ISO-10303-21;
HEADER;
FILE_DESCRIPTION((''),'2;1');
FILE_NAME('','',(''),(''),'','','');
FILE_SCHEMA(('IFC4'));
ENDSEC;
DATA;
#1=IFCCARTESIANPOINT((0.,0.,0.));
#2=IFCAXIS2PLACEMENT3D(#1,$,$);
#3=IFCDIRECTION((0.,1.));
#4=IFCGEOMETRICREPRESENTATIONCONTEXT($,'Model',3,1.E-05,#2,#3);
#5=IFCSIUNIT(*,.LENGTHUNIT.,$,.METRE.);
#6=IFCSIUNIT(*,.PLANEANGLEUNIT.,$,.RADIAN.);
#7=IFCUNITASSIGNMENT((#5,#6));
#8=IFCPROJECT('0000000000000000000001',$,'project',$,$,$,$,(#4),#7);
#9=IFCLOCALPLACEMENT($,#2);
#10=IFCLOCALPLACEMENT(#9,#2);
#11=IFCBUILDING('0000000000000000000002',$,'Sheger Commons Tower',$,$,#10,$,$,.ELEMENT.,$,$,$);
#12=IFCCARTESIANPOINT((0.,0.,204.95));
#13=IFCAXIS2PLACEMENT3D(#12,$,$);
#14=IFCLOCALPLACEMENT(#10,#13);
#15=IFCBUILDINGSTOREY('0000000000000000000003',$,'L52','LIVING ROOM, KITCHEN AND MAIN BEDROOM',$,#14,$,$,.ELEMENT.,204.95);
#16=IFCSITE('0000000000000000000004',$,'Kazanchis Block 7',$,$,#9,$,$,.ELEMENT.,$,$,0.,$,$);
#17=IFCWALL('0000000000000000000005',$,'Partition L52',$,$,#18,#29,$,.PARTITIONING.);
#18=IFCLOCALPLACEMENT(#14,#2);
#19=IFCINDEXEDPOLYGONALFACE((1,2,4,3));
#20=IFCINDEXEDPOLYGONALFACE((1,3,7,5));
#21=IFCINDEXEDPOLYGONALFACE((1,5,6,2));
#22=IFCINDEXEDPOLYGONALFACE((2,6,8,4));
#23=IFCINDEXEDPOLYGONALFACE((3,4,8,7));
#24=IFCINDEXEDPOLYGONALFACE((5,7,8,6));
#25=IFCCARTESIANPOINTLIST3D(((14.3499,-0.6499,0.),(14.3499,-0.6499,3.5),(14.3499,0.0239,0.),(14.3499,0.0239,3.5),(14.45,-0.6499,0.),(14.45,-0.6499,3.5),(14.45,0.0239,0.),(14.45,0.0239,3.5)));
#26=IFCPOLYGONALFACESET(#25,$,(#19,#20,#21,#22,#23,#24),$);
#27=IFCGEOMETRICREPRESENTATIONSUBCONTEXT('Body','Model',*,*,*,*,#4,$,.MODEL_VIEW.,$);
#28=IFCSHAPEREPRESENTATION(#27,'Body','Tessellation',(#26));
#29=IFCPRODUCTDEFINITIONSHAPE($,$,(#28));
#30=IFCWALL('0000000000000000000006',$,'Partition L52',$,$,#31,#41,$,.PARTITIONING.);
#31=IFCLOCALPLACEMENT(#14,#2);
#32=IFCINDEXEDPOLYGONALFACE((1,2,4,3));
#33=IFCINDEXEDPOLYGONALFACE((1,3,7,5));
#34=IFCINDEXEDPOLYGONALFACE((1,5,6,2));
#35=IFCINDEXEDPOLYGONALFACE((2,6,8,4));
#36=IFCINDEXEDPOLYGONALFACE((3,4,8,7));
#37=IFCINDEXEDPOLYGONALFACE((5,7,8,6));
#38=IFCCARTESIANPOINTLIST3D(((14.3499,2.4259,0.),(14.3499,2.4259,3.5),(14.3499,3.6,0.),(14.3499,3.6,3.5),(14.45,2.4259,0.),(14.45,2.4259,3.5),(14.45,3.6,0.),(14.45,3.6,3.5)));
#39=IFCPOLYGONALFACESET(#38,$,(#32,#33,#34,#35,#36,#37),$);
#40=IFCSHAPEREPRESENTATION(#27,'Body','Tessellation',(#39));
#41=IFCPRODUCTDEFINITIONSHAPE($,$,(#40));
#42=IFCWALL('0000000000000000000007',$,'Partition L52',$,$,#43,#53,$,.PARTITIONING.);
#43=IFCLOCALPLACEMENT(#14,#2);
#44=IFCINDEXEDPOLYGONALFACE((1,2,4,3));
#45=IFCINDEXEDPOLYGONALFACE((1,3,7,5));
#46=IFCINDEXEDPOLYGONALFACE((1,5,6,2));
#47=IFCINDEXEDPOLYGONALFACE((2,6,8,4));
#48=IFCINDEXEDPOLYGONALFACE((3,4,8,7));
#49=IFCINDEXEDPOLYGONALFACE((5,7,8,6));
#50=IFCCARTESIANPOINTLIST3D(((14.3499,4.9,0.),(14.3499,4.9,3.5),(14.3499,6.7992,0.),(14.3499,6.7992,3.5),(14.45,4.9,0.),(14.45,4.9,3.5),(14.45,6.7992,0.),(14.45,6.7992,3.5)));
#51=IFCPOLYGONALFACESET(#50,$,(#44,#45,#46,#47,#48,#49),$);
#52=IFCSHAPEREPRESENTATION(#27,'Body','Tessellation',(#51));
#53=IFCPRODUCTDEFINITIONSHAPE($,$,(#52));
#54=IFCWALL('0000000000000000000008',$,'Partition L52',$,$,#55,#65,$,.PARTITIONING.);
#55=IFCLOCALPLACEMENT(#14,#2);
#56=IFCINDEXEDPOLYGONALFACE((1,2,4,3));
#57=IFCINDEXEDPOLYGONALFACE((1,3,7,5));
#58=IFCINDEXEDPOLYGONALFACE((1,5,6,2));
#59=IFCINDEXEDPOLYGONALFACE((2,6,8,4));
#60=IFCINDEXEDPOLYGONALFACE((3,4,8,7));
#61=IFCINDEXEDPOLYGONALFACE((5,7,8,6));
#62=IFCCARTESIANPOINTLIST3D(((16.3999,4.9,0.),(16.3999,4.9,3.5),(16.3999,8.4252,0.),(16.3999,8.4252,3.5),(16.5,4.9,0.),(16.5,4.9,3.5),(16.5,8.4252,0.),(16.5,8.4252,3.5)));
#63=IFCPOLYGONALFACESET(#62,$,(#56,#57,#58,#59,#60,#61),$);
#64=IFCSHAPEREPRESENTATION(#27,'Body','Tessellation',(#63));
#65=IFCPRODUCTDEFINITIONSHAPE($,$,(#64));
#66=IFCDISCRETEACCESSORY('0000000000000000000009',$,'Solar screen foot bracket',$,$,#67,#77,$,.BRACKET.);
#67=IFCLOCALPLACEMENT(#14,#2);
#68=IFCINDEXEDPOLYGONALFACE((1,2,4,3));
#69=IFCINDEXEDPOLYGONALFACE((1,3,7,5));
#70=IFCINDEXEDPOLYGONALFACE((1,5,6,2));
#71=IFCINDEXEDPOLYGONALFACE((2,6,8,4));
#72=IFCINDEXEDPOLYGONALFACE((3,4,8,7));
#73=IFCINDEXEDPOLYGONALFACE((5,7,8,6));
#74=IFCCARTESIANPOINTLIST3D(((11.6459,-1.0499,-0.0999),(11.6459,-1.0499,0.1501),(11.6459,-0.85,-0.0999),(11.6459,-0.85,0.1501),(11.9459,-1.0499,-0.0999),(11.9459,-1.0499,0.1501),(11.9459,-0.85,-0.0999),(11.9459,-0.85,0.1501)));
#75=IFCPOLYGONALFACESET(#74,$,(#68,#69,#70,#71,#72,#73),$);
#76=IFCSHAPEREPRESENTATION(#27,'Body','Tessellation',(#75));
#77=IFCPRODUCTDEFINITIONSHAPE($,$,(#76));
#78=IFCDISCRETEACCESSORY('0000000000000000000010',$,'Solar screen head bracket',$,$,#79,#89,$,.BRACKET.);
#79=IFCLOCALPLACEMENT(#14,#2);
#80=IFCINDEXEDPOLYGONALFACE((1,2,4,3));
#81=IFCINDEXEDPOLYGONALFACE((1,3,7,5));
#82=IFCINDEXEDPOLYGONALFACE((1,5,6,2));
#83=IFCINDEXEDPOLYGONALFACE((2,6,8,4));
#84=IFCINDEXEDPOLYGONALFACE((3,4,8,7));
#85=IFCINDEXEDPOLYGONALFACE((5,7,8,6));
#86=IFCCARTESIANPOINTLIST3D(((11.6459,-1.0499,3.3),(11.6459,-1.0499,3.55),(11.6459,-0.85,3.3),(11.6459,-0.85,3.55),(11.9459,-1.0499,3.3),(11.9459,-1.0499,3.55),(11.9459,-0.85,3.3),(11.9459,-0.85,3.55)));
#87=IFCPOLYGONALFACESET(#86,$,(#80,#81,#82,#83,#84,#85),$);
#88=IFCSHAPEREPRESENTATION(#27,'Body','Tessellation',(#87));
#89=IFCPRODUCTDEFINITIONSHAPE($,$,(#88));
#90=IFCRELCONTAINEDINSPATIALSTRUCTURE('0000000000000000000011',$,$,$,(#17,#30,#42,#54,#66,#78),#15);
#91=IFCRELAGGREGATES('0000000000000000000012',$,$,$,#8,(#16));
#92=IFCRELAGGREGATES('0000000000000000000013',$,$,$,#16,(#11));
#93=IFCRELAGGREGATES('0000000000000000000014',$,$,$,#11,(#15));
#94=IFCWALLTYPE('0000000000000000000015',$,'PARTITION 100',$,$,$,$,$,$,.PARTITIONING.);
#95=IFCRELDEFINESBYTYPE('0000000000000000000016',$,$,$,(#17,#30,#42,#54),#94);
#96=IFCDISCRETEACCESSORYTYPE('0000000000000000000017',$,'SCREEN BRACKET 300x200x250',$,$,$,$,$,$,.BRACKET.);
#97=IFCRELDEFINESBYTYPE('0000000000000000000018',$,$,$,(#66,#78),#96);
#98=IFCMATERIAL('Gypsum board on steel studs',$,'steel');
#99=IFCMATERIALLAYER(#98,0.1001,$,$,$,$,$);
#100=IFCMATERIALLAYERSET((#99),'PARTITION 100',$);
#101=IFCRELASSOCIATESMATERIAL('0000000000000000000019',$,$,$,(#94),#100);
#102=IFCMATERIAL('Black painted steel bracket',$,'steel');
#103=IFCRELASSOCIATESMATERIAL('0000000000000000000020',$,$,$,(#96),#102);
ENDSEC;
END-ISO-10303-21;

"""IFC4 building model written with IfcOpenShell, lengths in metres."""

from ifc_helpers import new_model, si_unit, direction, frame, frame_2d, origin, origin_2d, place, context, subcontext, project, spatial, rectangle, extrude, material, layer, layer_set, type_object, element, save


model = new_model("IFC4")

# Units and contexts
model_context = context("Model", 3, precision=1e-05, world=origin(), true_north=direction((0.0, 1.0)))
body_context = subcontext(model_context, "Body", "Model", "MODEL_VIEW")
ifc_project = project(units=[si_unit("LENGTHUNIT", "METRE"), si_unit("PLANEANGLEUNIT", "RADIAN")], contexts=[model_context])

# Site, building, storey
site_placement = place(None, origin())
site = spatial("IfcSite", under=ifc_project, at=site_placement, Name="Kazanchis Block 7", CompositionType="ELEMENT", RefElevation=0.0)
building_placement = place(site_placement, origin())
building = spatial("IfcBuilding", under=site, at=building_placement, Name="Sheger Commons Tower", CompositionType="ELEMENT")
storey_placement = place(building_placement, frame((0.0, 0.0, 204.95)))
storey = spatial("IfcBuildingStorey", under=building, at=storey_placement, Name="L52", Description="LIVING ROOM, KITCHEN AND MAIN BEDROOM", CompositionType="ELEMENT", Elevation=204.95)

# Shared definitions
ifc_material_1 = material(Name="Gypsum board on steel studs", Category="steel")
ifc_layer_1 = layer(ifc_material_1, 0.1001)
ifc_layer_set_1 = layer_set([ifc_layer_1], Name="PARTITION 100")
wall_type_1 = type_object("IfcWallType", Name="PARTITION 100", PredefinedType="PARTITIONING", material=ifc_layer_set_1)

# Walls
wall_1_placement = place(storey_placement, frame((14.3999, -0.6499, 0.0), z_axis=(0.0, 0.0, 1.0), x_axis=(0.0, 1.0, 0.0)))
element("IfcWall", 1, at=wall_1_placement, inside=storey, type_object=wall_type_1, Name="Partition L52", PredefinedType="PARTITIONING", context=body_context, shape_type="SweptSolid", body=[
    extrude(rectangle(XDim=0.6738, YDim=0.1001, at=frame_2d((0.3369, 0.0))), origin(), (0.0, 0.0, 1.0), 3.5),
])
wall_2_placement = place(storey_placement, frame((14.3999, 2.426, 0.0), z_axis=(0.0, 0.0, 1.0), x_axis=(0.0, 1.0, 0.0)))
element("IfcWall", 2, at=wall_2_placement, inside=storey, type_object=wall_type_1, Name="Partition L52", PredefinedType="PARTITIONING", context=body_context, shape_type="SweptSolid", body=[
    extrude(rectangle(XDim=1.1741, YDim=0.1001, at=frame_2d((0.5869, 0.0))), origin(), (0.0, 0.0, 1.0), 3.5),
])
wall_3_placement = place(storey_placement, frame((14.3999, 4.8999, 0.0), z_axis=(0.0, 0.0, 1.0), x_axis=(0.0, 1.0, 0.0)))
element("IfcWall", 3, at=wall_3_placement, inside=storey, type_object=wall_type_1, Name="Partition L52", PredefinedType="PARTITIONING", context=body_context, shape_type="SweptSolid", body=[
    extrude(rectangle(XDim=1.8992, YDim=0.1001, at=frame_2d((0.9497, 0.0))), origin(), (0.0, 0.0, 1.0), 3.5),
])
wall_4_placement = place(storey_placement, frame((16.45, 4.8999, 0.0), z_axis=(0.0, 0.0, 1.0), x_axis=(0.0, 1.0, 0.0)))
element("IfcWall", 4, at=wall_4_placement, inside=storey, type_object=wall_type_1, Name="Partition L52", PredefinedType="PARTITIONING", context=body_context, shape_type="SweptSolid", body=[
    extrude(rectangle(XDim=3.5251, YDim=0.1001, at=frame_2d((1.7627, 0.0))), origin(), (0.0, 0.0, 1.0), 3.5),
])

# Discrete accessories
ifc_material_2 = material(Name="Black painted steel bracket", Category="steel")
discrete_accessory_type = type_object("IfcDiscreteAccessoryType", Name="SCREEN BRACKET 300x200x250", PredefinedType="BRACKET", material=ifc_material_2)
for number, where, z_axis, x_axis, name in (
    (5, (11.7959, -0.95, -0.0999), (0.0, 0.0, 1.0), (1.0, 0.0, 0.0), "Solar screen foot bracket"),
    (6, (11.7959, -0.95, 3.3), (0.0, 0.0, 1.0), (1.0, 0.0, 0.0), "Solar screen head bracket"),
):
    element("IfcDiscreteAccessory", number, at=place(storey_placement, frame(where, z_axis=z_axis, x_axis=x_axis)), inside=storey, type_object=discrete_accessory_type, Name=name, PredefinedType="BRACKET", context=body_context, shape_type="SweptSolid", body=[
        extrude(rectangle(XDim=0.3, YDim=0.2, at=origin_2d()), origin(), (0.0, 0.0, 1.0), 0.25),
    ])

save(model, "model.ifc")
